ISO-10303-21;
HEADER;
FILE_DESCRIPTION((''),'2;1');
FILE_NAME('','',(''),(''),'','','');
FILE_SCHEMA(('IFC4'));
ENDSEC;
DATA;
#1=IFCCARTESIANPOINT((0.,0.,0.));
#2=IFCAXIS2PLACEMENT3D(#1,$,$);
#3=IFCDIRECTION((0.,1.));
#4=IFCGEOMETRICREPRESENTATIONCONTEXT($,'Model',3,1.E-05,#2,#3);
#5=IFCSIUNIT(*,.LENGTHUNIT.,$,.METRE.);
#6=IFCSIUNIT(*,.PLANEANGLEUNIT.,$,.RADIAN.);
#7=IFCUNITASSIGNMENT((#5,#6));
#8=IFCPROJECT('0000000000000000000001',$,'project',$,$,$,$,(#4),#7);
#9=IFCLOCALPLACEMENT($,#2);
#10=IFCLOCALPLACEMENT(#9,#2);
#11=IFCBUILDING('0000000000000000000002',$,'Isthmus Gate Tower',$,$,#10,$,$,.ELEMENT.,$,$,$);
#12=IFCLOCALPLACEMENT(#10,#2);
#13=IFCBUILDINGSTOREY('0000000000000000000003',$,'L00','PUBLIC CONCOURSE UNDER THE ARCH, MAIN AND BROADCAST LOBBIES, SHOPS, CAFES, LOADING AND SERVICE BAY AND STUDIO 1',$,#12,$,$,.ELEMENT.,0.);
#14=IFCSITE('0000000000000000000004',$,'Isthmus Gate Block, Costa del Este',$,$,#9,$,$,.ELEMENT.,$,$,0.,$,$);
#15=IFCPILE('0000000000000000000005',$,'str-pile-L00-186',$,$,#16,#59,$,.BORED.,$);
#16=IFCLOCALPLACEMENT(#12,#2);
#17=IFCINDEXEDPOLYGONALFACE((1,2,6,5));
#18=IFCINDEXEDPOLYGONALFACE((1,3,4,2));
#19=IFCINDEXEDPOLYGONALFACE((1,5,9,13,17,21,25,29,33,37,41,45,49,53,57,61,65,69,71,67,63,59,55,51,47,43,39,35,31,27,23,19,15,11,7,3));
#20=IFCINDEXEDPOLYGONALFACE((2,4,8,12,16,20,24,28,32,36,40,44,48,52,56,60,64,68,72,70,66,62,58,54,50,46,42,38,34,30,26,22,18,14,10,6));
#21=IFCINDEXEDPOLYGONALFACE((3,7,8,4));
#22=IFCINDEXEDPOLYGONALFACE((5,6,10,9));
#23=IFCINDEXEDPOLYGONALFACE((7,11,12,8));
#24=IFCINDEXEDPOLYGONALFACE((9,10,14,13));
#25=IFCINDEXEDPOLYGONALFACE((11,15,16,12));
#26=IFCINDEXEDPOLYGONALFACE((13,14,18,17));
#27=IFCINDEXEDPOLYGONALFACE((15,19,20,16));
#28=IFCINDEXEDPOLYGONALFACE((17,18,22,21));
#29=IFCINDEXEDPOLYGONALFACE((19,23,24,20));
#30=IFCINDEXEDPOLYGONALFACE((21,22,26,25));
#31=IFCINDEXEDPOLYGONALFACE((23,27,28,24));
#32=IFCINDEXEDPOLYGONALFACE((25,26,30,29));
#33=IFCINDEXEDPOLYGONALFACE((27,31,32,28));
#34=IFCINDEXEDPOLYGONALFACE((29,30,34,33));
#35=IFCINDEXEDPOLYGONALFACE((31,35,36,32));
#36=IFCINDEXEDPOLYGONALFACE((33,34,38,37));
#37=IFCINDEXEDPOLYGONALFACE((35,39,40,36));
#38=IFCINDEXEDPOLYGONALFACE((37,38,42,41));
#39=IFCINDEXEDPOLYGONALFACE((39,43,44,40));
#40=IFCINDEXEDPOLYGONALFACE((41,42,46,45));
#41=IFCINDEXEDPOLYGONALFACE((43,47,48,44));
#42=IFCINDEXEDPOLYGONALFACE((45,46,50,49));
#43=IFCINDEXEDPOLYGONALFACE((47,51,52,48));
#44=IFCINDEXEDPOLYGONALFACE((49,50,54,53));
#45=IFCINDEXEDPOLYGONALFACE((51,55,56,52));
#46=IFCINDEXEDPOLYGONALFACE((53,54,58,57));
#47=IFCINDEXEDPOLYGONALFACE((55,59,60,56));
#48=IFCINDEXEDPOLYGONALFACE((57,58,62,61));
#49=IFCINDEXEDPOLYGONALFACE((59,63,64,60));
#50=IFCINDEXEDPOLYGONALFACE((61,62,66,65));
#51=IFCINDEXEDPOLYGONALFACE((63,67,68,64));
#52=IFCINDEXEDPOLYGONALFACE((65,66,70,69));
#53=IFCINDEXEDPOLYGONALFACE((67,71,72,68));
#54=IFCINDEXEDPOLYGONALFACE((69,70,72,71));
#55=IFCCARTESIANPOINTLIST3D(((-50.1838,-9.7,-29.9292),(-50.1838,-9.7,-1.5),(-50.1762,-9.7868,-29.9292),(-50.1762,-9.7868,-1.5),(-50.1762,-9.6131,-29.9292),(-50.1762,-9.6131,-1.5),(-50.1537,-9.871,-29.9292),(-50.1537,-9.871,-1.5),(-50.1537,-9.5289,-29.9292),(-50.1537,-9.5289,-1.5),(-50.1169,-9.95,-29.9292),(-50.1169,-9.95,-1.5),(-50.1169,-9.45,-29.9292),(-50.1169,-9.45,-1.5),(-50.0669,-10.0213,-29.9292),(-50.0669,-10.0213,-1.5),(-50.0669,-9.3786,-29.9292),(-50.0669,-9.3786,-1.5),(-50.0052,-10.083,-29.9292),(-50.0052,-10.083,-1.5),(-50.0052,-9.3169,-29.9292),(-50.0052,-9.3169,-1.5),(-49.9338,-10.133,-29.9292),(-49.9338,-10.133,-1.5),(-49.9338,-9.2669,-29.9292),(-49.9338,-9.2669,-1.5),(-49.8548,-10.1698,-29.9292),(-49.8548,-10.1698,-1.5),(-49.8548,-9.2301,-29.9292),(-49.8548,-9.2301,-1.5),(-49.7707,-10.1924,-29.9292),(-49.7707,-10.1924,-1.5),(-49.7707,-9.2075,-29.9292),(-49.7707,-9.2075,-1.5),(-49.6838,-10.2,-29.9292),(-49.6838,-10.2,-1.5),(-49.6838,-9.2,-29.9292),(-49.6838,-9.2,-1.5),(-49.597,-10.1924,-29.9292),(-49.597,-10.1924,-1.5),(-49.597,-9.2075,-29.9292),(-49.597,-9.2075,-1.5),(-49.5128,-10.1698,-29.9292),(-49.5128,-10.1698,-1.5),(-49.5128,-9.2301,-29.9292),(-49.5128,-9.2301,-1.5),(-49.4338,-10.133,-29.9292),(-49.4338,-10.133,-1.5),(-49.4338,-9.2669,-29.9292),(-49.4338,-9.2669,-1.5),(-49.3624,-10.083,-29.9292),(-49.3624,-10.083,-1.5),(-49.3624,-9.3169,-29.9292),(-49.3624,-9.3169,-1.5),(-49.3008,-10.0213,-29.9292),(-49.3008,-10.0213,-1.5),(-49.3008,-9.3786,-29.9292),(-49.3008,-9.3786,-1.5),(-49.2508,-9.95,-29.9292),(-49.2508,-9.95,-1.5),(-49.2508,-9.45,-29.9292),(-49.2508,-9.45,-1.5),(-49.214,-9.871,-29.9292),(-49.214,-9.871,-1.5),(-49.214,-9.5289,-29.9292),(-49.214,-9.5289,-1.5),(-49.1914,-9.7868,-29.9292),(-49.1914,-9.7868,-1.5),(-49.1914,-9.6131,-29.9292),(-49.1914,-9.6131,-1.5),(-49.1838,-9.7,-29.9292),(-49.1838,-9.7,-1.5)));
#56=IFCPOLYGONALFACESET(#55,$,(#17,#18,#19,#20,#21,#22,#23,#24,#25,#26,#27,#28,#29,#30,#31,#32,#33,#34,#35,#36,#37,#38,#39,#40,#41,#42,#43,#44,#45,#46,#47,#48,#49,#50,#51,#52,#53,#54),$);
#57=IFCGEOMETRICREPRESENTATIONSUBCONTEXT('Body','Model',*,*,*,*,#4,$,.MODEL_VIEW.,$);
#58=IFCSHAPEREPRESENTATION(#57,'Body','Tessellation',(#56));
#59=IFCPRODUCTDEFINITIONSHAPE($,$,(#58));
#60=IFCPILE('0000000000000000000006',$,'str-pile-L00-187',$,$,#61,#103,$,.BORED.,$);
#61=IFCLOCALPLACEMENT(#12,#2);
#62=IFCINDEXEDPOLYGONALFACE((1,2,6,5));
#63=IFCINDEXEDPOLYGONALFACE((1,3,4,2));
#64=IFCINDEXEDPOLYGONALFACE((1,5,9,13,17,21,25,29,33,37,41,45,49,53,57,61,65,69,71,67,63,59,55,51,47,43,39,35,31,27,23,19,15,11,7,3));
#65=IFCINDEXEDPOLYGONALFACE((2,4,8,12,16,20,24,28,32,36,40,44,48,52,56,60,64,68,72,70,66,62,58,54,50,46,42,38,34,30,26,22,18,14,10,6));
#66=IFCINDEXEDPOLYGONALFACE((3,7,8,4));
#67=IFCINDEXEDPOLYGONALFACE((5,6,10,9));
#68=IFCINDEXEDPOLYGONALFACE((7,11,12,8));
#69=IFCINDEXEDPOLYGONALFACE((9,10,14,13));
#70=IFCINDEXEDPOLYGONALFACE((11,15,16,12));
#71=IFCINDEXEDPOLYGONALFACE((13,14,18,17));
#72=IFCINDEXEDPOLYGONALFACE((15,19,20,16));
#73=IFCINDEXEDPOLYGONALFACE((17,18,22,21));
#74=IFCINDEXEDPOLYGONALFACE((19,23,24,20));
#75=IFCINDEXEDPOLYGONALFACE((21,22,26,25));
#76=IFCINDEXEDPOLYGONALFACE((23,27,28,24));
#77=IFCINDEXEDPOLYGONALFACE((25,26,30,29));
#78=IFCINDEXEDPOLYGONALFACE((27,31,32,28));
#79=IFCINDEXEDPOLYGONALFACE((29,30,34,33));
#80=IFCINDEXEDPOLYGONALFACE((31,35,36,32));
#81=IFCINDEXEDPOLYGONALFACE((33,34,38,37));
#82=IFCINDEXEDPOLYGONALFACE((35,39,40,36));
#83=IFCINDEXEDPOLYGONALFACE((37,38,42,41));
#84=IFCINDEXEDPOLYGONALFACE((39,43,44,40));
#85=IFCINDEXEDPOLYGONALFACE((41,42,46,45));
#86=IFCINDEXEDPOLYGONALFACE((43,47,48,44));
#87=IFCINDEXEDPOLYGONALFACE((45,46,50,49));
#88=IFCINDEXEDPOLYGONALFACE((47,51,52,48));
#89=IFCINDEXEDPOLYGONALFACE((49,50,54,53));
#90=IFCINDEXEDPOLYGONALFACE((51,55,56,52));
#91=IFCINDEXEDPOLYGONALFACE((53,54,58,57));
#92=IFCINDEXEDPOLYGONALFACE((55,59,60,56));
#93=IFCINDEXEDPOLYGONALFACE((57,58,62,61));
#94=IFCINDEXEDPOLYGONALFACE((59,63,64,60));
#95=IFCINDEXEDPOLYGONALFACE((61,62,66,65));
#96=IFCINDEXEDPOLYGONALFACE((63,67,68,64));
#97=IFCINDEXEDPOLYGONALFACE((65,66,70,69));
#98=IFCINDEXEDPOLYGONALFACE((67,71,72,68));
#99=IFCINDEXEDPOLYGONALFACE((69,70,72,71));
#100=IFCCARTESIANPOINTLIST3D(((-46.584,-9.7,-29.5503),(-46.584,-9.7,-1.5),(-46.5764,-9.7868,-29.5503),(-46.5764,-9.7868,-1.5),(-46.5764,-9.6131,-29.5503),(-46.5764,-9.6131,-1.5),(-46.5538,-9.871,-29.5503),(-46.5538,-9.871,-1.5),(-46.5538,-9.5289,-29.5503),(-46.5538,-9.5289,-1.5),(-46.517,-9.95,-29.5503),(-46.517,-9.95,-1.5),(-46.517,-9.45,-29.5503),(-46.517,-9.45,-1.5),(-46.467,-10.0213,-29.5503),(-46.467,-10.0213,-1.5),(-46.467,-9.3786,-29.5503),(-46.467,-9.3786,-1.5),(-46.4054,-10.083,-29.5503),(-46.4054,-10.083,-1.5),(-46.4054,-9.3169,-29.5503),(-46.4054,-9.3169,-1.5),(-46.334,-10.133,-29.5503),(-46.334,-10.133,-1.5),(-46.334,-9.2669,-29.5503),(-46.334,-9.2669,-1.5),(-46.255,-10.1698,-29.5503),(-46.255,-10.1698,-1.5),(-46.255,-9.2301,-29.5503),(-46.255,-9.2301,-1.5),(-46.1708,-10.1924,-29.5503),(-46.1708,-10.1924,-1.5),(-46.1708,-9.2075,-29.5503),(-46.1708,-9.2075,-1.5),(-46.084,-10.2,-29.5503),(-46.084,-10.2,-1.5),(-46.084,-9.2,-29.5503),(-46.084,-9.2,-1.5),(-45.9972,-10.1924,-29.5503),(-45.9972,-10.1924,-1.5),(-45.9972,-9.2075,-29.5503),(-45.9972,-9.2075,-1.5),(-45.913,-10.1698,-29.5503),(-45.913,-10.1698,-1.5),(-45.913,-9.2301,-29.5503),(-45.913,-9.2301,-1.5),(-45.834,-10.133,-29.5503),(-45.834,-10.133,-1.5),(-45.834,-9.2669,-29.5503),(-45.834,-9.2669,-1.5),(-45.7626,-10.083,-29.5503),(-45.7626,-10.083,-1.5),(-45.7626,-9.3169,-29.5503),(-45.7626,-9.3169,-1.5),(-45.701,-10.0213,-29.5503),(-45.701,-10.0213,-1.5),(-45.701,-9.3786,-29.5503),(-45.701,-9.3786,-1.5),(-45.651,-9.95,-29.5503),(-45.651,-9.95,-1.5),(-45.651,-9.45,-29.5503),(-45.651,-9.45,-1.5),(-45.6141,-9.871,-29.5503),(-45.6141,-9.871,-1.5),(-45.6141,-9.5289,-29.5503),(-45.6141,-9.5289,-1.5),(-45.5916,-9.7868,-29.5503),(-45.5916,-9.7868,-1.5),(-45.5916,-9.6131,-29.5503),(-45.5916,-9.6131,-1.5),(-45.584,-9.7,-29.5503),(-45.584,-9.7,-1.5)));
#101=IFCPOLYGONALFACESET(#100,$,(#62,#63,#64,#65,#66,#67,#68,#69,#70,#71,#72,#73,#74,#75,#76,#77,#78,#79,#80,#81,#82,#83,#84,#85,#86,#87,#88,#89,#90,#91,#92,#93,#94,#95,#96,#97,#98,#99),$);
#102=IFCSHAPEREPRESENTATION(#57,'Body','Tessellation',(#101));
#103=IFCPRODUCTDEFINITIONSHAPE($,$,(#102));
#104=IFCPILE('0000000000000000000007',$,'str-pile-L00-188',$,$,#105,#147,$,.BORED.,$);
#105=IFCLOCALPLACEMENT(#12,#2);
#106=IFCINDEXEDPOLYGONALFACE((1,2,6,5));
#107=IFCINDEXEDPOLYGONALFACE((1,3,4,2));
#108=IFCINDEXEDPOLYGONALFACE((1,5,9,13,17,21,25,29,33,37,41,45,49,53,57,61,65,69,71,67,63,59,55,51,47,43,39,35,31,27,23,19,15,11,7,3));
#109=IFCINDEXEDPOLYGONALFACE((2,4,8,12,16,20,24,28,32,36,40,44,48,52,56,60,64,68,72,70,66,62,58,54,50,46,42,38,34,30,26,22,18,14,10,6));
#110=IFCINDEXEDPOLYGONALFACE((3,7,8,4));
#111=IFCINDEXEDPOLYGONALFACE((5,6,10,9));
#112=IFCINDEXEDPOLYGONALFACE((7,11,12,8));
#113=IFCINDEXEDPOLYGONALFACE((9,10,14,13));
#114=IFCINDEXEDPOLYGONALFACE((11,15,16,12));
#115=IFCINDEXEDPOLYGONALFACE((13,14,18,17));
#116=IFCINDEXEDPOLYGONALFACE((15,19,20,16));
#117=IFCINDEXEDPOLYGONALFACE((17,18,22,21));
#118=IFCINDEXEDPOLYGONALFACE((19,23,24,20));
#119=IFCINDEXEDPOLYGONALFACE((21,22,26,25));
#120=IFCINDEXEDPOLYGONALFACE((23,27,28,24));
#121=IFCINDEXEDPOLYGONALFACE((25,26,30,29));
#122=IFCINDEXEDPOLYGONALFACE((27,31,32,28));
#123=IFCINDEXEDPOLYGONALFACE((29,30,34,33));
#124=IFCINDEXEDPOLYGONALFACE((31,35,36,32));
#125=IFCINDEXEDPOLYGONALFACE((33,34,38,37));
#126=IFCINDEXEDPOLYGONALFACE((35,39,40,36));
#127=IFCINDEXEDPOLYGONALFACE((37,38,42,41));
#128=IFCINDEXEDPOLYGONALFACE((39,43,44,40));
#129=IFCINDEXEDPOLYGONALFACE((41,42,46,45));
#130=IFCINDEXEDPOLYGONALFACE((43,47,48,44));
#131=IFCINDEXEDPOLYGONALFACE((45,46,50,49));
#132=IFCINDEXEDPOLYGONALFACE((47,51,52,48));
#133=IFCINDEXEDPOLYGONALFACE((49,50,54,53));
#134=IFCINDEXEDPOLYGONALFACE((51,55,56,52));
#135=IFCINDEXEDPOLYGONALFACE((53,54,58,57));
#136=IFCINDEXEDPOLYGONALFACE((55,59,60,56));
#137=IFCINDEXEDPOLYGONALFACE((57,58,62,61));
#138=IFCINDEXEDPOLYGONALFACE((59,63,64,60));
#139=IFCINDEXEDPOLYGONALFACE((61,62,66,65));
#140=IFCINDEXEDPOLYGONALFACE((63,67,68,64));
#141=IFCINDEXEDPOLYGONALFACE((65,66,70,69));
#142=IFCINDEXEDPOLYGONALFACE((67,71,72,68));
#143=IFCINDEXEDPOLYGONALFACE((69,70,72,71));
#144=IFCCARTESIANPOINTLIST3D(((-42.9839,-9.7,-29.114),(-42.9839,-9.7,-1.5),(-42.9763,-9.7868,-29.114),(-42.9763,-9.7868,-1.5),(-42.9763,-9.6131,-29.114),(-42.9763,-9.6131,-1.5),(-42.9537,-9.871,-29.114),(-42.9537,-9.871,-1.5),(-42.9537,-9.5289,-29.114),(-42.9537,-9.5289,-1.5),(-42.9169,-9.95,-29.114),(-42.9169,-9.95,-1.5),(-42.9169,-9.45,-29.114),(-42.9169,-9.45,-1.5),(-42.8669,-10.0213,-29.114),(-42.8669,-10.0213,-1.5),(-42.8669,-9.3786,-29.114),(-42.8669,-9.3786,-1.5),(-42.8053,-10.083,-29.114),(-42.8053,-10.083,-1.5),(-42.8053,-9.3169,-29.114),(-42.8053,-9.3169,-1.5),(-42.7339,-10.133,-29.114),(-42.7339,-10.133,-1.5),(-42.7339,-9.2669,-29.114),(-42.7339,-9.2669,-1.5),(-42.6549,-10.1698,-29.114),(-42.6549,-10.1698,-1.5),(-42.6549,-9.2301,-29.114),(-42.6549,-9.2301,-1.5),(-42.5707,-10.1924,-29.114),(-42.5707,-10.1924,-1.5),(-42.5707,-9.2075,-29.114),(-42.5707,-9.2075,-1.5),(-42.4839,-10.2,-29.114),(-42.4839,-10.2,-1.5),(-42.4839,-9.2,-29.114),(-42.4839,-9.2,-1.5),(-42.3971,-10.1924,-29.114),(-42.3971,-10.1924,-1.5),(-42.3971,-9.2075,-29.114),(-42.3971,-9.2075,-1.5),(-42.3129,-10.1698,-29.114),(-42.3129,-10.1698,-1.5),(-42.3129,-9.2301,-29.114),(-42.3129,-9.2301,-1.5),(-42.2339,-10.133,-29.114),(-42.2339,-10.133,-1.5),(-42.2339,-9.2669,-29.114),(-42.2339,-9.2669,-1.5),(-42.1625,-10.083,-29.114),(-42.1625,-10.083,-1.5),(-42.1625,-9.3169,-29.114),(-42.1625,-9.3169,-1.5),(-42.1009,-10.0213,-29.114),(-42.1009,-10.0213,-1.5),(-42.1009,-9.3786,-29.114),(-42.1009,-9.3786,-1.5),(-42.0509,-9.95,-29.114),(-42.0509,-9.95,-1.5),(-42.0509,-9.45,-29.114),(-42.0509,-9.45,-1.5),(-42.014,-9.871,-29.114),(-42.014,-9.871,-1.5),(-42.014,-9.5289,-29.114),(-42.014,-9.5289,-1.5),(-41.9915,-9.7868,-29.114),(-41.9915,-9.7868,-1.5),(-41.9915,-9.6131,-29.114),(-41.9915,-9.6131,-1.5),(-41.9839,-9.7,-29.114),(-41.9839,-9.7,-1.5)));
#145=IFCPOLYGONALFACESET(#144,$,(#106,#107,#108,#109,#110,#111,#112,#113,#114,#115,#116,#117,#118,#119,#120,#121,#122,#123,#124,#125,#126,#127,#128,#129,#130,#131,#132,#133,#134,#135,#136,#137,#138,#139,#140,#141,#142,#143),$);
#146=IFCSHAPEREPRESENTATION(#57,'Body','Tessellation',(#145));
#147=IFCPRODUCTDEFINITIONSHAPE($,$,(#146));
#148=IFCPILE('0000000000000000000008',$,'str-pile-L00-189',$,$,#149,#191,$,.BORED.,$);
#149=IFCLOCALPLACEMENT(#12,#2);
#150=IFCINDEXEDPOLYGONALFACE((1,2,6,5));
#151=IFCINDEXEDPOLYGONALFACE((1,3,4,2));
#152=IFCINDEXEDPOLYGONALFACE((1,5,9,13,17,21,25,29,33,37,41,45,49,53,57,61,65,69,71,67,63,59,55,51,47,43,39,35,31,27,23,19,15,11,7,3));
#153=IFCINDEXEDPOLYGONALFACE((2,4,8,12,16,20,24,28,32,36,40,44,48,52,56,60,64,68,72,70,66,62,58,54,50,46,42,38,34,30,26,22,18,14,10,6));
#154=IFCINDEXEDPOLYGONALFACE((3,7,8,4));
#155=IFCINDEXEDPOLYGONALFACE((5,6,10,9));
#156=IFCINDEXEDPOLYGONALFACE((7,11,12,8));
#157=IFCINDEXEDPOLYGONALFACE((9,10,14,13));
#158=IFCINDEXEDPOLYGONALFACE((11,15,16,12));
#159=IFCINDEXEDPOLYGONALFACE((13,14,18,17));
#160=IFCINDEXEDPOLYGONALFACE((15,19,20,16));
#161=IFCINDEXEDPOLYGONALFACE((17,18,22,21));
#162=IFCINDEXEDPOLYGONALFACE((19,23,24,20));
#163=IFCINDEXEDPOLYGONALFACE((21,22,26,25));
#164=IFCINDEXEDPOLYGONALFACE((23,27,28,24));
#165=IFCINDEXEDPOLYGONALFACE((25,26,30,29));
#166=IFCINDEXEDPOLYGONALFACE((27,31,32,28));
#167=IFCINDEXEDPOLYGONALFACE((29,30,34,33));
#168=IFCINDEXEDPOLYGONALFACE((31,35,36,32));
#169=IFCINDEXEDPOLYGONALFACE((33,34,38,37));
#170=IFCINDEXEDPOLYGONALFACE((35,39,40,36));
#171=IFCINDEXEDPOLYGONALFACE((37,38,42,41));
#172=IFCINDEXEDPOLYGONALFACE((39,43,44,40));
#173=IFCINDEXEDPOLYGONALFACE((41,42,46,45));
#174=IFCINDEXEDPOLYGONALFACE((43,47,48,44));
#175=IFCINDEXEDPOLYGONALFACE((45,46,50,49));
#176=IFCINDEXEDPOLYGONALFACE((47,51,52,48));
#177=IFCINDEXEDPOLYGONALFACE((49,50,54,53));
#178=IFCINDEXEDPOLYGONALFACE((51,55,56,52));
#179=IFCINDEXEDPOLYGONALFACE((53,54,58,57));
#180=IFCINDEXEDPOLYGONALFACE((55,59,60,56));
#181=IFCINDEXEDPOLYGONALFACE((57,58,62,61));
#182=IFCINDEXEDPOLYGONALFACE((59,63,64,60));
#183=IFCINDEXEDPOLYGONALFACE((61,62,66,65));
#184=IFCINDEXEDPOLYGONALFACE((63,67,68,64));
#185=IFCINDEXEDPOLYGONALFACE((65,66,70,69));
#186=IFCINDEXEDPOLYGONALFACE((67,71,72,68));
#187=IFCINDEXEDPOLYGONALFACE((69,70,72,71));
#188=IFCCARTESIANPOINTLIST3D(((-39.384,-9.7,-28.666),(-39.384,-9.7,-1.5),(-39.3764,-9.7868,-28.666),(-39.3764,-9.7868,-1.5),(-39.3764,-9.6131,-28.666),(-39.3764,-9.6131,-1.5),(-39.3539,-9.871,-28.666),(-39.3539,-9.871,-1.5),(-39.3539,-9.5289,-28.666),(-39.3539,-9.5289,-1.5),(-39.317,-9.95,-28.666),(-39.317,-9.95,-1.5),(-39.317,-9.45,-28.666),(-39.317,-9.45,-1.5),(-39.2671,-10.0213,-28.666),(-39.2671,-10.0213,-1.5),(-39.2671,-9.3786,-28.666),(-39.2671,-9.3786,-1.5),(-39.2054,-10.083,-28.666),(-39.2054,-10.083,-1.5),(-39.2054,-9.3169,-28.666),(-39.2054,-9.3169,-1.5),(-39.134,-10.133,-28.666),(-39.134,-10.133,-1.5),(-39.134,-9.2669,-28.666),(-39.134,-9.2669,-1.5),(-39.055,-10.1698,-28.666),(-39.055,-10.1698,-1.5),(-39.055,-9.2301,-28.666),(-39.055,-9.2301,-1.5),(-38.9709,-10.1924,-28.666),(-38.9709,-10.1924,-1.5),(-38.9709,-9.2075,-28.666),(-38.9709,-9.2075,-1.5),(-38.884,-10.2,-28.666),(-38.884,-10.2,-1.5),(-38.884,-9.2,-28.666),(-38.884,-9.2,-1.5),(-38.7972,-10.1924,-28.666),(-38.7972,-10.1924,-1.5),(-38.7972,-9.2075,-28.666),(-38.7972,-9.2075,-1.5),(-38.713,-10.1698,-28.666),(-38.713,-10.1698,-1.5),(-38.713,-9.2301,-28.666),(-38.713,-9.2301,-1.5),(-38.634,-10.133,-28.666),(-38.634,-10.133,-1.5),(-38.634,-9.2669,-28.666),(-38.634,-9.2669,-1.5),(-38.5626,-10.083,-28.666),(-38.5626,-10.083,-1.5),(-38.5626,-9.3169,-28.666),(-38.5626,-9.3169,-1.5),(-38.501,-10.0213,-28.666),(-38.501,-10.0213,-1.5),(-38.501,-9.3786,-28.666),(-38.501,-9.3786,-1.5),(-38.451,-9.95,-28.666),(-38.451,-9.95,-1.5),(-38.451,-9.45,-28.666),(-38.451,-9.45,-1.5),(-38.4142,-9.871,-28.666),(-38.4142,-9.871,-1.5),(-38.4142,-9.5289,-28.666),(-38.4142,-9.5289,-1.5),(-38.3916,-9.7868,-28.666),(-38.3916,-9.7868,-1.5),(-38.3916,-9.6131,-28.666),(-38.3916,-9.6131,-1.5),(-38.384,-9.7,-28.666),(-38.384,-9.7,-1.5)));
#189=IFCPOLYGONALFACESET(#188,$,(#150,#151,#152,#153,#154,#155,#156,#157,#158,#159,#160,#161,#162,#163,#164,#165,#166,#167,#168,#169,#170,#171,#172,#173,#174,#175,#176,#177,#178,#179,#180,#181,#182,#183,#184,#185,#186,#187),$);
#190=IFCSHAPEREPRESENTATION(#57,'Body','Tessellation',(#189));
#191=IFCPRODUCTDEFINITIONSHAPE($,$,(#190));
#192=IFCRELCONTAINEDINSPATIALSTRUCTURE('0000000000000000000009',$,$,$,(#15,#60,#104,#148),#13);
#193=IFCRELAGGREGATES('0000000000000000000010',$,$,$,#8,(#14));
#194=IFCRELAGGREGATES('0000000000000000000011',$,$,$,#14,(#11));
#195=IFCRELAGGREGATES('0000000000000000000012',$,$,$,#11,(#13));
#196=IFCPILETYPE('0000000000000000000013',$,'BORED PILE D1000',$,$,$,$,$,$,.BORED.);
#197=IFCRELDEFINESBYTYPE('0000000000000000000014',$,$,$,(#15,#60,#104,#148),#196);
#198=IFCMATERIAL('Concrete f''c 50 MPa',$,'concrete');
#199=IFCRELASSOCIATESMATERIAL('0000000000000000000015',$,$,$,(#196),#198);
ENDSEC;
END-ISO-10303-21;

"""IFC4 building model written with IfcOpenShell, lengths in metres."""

from ifc_helpers import new_model, si_unit, direction, frame, origin, origin_2d, place, context, subcontext, project, spatial, circle, extrude, material, material_profile, profile_set, type_object, element, save


model = new_model("IFC4")

# Units and contexts
model_context = context("Model", 3, precision=1e-05, world=origin(), true_north=direction((0.0, 1.0)))
body_context = subcontext(model_context, "Body", "Model", "MODEL_VIEW")
ifc_project = project(units=[si_unit("LENGTHUNIT", "METRE"), si_unit("PLANEANGLEUNIT", "RADIAN")], contexts=[model_context])

# Site, building, storey
site_placement = place(None, origin())
site = spatial("IfcSite", under=ifc_project, at=site_placement, Name="Isthmus Gate Block, Costa del Este", CompositionType="ELEMENT", RefElevation=0.0)
building_placement = place(site_placement, origin())
building = spatial("IfcBuilding", under=site, at=building_placement, Name="Isthmus Gate Tower", CompositionType="ELEMENT")
storey_placement = place(building_placement, origin())
storey = spatial("IfcBuildingStorey", under=building, at=storey_placement, Name="L00", Description="PUBLIC CONCOURSE UNDER THE ARCH, MAIN AND BROADCAST LOBBIES, SHOPS, CAFES, LOADING AND SERVICE BAY AND STUDIO 1", CompositionType="ELEMENT", Elevation=0.0)

# Piles
ifc_material_1 = material(Name="Concrete f'c 50 MPa", Category="concrete")
ifc_material_profile_1 = material_profile(ifc_material_1, circle(Radius=0.5, at=origin_2d()), Name="D1000")
ifc_profile_set_1 = profile_set([ifc_material_profile_1], Name="Concrete f'c 50 MPa")
pile_type = type_object("IfcPileType", Name="BORED PILE D1000", PredefinedType="BORED", material=ifc_profile_set_1)
pile_1_placement = place(storey_placement, frame((-49.6838, -9.7, -1.5), z_axis=(0.0, 0.0, -1.0), x_axis=(1.0, 0.0, 0.0)))
element("IfcPile", 1, at=pile_1_placement, inside=storey, type_object=pile_type, Name="str-pile-L00-186", PredefinedType="BORED", context=body_context, shape_type="SweptSolid", body=[
    extrude(circle(Radius=0.5, at=origin_2d()), origin(), (0.0, 0.0, 1.0), 28.4292),
])
pile_2_placement = place(storey_placement, frame((-46.084, -9.7, -1.5), z_axis=(0.0, 0.0, -1.0), x_axis=(1.0, 0.0, 0.0)))
element("IfcPile", 2, at=pile_2_placement, inside=storey, type_object=pile_type, Name="str-pile-L00-187", PredefinedType="BORED", context=body_context, shape_type="SweptSolid", body=[
    extrude(circle(Radius=0.5, at=origin_2d()), origin(), (0.0, 0.0, 1.0), 28.0503),
])
pile_3_placement = place(storey_placement, frame((-42.4839, -9.7, -1.5), z_axis=(0.0, 0.0, -1.0), x_axis=(1.0, 0.0, 0.0)))
element("IfcPile", 3, at=pile_3_placement, inside=storey, type_object=pile_type, Name="str-pile-L00-188", PredefinedType="BORED", context=body_context, shape_type="SweptSolid", body=[
    extrude(circle(Radius=0.5, at=origin_2d()), origin(), (0.0, 0.0, 1.0), 27.614),
])
pile_4_placement = place(storey_placement, frame((-38.884, -9.7, -1.5), z_axis=(0.0, 0.0, -1.0), x_axis=(1.0, 0.0, 0.0)))
element("IfcPile", 4, at=pile_4_placement, inside=storey, type_object=pile_type, Name="str-pile-L00-189", PredefinedType="BORED", context=body_context, shape_type="SweptSolid", body=[
    extrude(circle(Radius=0.5, at=origin_2d()), origin(), (0.0, 0.0, 1.0), 27.166),
])

save(model, "model.ifc")
